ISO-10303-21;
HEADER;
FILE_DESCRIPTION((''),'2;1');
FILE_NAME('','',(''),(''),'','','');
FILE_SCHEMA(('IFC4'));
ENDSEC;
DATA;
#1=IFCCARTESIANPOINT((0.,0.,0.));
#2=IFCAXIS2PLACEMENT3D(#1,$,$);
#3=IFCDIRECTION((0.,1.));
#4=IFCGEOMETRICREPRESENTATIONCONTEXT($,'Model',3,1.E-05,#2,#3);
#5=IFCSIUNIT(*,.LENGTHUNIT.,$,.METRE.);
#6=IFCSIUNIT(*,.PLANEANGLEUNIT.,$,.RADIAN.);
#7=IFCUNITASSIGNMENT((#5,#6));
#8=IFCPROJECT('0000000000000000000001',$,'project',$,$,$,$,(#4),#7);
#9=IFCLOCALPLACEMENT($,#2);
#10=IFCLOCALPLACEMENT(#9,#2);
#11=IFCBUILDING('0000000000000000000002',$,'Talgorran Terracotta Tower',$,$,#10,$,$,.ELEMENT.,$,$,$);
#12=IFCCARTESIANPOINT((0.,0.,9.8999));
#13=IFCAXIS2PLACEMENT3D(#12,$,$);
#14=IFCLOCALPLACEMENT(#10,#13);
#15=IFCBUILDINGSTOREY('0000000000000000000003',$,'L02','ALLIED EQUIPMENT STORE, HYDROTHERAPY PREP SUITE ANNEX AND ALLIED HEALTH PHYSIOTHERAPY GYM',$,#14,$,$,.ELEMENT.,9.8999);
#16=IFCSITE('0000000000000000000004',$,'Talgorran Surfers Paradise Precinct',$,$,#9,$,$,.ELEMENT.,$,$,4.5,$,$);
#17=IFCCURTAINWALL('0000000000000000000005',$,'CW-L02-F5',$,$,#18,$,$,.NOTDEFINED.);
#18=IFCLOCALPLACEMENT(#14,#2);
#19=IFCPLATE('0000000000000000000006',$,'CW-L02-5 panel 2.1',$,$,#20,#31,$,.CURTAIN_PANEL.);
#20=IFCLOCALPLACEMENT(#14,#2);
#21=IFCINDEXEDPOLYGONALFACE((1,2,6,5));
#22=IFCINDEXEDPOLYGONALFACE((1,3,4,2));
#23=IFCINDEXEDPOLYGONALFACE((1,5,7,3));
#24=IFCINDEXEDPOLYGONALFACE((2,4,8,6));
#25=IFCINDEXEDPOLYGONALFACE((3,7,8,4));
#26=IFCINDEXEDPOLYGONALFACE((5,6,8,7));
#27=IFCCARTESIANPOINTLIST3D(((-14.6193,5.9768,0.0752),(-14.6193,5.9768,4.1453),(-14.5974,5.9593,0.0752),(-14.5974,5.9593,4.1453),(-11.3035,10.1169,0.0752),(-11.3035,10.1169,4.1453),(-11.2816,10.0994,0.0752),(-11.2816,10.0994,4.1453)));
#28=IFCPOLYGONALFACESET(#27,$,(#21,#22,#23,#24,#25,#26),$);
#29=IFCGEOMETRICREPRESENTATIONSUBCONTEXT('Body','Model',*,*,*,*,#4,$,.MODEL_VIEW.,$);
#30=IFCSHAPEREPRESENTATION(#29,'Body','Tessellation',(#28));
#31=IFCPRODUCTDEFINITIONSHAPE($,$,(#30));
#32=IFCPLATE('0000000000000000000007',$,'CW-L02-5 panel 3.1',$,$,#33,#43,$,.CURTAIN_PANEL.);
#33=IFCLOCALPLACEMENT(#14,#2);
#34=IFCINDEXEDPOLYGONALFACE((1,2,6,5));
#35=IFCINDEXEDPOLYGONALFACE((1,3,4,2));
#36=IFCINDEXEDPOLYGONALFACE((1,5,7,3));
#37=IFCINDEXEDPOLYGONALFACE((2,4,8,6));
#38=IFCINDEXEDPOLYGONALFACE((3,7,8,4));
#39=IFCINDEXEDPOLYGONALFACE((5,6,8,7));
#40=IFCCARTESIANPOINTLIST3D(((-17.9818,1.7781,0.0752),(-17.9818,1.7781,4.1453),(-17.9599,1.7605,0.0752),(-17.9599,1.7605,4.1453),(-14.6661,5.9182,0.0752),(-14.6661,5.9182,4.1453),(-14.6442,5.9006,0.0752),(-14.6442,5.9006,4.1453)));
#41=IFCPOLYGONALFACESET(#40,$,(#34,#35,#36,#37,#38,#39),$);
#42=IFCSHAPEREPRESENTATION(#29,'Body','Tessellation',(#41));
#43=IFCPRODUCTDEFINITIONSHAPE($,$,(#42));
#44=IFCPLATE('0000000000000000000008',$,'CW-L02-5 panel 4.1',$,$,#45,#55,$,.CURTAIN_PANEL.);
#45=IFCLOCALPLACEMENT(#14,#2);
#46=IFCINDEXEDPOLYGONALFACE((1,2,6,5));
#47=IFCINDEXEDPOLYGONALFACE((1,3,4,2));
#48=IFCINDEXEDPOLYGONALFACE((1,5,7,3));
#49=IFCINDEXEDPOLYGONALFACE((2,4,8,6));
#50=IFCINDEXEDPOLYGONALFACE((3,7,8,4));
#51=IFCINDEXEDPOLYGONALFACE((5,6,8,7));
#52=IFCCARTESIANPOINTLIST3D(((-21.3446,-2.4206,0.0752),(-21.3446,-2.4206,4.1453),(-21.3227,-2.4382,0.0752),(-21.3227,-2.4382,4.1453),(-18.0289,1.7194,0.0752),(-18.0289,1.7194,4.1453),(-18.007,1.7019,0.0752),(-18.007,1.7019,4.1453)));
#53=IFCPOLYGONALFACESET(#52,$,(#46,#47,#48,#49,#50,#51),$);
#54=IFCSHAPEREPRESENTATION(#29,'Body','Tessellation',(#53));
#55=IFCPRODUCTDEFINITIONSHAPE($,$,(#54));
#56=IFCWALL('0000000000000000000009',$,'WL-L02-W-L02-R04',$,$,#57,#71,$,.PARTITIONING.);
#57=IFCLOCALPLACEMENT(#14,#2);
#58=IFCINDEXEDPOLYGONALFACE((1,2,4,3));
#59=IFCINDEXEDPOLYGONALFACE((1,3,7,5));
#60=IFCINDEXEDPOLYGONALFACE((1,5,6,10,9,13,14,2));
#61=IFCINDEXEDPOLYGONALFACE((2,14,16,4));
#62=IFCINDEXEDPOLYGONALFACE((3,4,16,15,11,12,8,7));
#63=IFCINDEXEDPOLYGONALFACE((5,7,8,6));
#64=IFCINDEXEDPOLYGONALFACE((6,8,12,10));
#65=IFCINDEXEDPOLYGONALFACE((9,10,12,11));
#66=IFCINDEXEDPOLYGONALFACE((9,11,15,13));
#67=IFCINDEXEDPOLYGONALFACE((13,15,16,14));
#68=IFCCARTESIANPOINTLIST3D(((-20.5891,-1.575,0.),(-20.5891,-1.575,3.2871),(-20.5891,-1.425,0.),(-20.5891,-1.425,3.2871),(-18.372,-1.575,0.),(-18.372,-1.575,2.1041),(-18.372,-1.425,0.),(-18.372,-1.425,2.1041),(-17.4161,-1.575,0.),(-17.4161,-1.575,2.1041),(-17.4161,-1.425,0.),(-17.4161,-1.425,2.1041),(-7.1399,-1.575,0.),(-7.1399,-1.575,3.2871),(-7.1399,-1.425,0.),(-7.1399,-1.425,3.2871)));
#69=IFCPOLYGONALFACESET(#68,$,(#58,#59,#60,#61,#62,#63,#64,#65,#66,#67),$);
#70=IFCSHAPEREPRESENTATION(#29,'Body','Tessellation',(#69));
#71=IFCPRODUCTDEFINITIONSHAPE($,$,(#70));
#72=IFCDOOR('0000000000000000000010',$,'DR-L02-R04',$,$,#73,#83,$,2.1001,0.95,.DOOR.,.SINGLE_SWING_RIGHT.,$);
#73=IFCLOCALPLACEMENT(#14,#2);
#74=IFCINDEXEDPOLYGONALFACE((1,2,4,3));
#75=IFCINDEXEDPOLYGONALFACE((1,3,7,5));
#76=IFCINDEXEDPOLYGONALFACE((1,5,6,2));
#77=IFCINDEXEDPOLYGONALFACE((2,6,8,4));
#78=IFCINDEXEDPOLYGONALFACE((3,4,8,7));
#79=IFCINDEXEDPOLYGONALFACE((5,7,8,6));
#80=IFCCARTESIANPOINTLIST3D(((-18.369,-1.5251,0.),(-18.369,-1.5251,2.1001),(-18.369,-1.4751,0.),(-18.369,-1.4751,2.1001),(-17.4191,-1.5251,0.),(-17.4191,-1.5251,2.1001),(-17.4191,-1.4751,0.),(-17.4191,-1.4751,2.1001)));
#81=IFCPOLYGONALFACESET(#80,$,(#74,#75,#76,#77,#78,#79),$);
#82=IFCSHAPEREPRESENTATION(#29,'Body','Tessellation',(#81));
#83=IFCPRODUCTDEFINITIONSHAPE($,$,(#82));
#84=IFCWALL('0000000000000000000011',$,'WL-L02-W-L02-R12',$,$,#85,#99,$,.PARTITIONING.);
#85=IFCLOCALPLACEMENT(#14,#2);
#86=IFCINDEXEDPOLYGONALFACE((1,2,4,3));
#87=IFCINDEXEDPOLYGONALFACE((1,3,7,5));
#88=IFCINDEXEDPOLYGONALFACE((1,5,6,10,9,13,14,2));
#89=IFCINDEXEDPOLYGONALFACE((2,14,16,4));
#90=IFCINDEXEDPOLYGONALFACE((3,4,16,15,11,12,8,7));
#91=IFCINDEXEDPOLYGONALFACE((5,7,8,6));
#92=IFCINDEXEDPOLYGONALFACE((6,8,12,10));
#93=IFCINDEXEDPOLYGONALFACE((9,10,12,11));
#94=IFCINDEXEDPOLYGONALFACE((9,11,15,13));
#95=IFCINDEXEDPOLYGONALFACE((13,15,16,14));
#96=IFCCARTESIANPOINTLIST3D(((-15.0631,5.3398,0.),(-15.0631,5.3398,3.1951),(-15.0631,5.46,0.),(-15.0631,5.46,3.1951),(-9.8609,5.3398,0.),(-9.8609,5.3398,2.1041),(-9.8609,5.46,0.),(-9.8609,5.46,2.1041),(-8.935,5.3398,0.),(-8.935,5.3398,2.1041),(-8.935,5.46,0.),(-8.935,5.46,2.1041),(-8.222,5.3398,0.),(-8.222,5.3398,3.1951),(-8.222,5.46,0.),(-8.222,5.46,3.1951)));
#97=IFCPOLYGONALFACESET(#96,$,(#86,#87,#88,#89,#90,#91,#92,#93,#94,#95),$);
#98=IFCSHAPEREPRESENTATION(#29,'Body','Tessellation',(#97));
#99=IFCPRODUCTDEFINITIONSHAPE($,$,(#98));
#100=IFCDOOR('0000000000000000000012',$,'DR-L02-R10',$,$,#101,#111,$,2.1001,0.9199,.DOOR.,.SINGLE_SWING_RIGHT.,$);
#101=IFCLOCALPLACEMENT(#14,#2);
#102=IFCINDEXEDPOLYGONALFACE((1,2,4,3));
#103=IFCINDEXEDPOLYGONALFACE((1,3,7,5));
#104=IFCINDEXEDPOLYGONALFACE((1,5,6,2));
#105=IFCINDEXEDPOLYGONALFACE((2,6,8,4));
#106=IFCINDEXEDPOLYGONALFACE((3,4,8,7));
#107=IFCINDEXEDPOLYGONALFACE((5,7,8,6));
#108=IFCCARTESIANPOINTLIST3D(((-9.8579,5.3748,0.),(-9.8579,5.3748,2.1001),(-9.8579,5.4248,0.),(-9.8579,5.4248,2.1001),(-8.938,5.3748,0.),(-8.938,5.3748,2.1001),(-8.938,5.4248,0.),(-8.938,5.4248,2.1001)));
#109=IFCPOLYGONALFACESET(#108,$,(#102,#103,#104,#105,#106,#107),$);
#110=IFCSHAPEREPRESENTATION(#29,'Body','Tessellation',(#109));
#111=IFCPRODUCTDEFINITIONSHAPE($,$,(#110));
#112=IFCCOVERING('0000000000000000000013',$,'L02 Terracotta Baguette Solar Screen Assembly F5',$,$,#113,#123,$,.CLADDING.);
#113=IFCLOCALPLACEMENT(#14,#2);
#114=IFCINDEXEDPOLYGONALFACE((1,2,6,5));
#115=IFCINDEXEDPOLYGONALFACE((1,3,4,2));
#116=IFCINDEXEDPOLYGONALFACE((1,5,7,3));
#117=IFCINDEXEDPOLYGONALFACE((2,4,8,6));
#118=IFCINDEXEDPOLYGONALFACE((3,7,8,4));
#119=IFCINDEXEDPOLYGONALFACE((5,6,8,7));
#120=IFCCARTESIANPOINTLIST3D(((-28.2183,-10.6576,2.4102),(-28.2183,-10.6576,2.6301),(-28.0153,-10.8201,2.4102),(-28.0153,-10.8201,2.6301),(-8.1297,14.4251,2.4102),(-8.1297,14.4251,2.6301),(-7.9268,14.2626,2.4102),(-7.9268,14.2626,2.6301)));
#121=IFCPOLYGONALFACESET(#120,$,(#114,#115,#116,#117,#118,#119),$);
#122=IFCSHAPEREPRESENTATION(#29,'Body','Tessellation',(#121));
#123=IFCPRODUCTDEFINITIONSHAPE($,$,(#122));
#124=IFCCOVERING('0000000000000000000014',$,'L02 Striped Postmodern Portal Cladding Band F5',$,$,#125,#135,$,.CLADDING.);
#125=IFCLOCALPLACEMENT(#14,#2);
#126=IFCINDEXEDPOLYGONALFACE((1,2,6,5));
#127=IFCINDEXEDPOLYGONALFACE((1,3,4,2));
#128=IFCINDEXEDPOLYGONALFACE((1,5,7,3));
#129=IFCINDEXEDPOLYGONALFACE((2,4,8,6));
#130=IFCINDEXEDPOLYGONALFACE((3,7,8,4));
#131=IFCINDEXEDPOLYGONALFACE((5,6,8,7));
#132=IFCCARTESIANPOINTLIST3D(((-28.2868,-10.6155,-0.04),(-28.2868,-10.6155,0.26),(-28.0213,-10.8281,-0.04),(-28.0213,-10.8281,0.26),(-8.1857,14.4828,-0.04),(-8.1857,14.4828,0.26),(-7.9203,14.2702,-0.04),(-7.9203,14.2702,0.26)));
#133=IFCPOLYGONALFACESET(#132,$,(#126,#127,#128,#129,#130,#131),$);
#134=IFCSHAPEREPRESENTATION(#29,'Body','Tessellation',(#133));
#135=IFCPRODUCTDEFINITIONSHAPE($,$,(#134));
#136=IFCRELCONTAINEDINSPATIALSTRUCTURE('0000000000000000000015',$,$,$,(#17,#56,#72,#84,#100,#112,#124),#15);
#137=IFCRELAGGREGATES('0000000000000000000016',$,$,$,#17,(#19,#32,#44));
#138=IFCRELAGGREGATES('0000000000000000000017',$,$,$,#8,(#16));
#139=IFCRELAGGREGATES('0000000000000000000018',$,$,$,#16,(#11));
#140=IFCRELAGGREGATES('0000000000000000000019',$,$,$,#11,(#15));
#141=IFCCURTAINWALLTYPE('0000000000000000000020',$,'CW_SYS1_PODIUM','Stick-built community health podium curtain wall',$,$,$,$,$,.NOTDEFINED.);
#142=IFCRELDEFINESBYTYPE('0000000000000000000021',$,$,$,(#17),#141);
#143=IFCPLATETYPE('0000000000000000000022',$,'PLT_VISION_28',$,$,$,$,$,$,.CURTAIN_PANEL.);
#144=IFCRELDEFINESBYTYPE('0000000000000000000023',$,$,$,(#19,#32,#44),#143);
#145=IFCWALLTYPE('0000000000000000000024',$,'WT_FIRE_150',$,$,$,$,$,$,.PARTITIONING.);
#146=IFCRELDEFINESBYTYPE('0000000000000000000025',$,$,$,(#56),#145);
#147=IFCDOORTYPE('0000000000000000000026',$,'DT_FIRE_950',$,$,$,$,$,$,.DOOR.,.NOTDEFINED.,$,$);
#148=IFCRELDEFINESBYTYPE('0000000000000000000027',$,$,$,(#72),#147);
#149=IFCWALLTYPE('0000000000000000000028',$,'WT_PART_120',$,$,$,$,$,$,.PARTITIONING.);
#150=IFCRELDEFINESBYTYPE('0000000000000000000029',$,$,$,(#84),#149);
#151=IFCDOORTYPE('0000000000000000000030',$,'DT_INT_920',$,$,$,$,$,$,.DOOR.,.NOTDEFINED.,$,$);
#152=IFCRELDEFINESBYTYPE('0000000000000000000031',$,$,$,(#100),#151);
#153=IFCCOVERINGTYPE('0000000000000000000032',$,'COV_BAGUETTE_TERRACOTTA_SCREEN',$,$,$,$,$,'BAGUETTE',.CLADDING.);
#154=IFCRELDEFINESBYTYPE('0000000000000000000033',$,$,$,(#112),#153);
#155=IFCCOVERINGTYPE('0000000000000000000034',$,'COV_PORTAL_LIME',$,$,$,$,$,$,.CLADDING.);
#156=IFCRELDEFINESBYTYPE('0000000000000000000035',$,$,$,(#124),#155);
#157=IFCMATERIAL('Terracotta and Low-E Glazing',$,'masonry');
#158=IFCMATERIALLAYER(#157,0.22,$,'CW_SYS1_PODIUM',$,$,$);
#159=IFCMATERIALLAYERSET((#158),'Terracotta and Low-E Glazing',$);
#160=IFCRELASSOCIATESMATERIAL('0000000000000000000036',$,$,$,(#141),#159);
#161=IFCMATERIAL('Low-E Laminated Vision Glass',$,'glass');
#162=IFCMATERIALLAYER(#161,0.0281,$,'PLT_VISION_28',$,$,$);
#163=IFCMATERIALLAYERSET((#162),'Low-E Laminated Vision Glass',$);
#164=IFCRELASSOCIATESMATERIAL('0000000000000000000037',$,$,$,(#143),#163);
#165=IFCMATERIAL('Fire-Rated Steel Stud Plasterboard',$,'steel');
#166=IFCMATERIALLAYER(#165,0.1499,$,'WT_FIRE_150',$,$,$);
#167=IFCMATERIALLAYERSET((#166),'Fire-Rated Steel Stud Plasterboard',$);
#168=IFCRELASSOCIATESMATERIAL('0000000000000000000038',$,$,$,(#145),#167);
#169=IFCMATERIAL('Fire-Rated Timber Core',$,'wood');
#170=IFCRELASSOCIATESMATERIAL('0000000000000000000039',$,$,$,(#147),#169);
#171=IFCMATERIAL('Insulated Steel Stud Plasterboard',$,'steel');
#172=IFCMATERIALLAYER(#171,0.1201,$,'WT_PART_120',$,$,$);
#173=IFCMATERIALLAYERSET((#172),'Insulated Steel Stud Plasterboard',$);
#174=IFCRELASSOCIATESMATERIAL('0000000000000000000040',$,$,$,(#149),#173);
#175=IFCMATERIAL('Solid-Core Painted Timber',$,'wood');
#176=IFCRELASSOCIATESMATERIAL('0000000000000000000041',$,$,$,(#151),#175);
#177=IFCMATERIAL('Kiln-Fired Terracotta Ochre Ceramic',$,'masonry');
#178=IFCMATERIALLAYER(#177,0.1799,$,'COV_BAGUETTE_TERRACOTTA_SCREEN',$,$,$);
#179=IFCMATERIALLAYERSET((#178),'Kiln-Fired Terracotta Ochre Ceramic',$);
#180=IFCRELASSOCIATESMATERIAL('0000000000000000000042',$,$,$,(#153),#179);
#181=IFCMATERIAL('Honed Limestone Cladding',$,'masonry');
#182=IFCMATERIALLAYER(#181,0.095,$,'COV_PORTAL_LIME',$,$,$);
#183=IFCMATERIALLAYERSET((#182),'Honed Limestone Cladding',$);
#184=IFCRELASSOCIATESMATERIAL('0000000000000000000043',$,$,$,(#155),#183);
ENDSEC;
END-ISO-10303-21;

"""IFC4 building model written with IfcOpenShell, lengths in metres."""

from ifc_helpers import new_model, si_unit, direction, frame, frame_2d, origin, origin_2d, place, context, subcontext, project, spatial, rectangle, extrude, source, transform, mapped, material, layer, layer_set, type_object, type_shapes, element, fill, aggregate, save


model = new_model("IFC4")

# Units and contexts
model_context = context("Model", 3, precision=1e-05, world=origin(), true_north=direction((0.0, 1.0)))
body_context = subcontext(model_context, "Body", "Model", "MODEL_VIEW")
ifc_project = project(units=[si_unit("LENGTHUNIT", "METRE"), si_unit("PLANEANGLEUNIT", "RADIAN")], contexts=[model_context])

# Site, building, storey
site_placement = place(None, origin())
site = spatial("IfcSite", under=ifc_project, at=site_placement, Name="Talgorran Surfers Paradise Precinct", CompositionType="ELEMENT", RefElevation=4.5)
building_placement = place(site_placement, origin())
building = spatial("IfcBuilding", under=site, at=building_placement, Name="Talgorran Terracotta Tower", CompositionType="ELEMENT")
storey_placement = place(building_placement, frame((0.0, 0.0, 9.8999)))
storey = spatial("IfcBuildingStorey", under=building, at=storey_placement, Name="L02", Description="ALLIED EQUIPMENT STORE, HYDROTHERAPY PREP SUITE ANNEX AND ALLIED HEALTH PHYSIOTHERAPY GYM", CompositionType="ELEMENT", Elevation=9.8999)

# Curtain wall, plates
ifc_material_1 = material(Name="Terracotta and Low-E Glazing", Category="masonry")
ifc_layer_1 = layer(ifc_material_1, 0.22, Name="CW_SYS1_PODIUM")
ifc_layer_set_1 = layer_set([ifc_layer_1], Name="Terracotta and Low-E Glazing")
curtain_wall_type = type_object("IfcCurtainWallType", Name="CW_SYS1_PODIUM", Description="Stick-built community health podium curtain wall", PredefinedType="NOTDEFINED", material=ifc_layer_set_1)
curtain_wall_placement = place(storey_placement, origin())
curtain_wall = element("IfcCurtainWall", 1, at=curtain_wall_placement, inside=storey, type_object=curtain_wall_type, Name="CW-L02-F5", PredefinedType="NOTDEFINED")
ifc_material_2 = material(Name="Low-E Laminated Vision Glass", Category="glass")
ifc_layer_2 = layer(ifc_material_2, 0.0281, Name="PLT_VISION_28")
ifc_layer_set_2 = layer_set([ifc_layer_2], Name="Low-E Laminated Vision Glass")
plate_type = type_object("IfcPlateType", Name="PLT_VISION_28", PredefinedType="CURTAIN_PANEL", material=ifc_layer_set_2)
shared_shape_1 = source(origin(), body_context, "Body", "SweptSolid", [
    extrude(rectangle(XDim=5.3042, YDim=0.0281, at=origin_2d()), origin(), (0.0, 0.0, 1.0), 4.0701),
])
type_shapes(plate_type, [shared_shape_1])
plate_1_placement = place(storey_placement, frame((-12.9504, 8.0381, 0.0752), z_axis=(0.0, 0.0, 1.0), x_axis=(-0.625116, -0.780532, 0.0)))
plate_1 = element("IfcPlate", 2, at=plate_1_placement, type_object=plate_type, Name="CW-L02-5 panel 2.1", PredefinedType="CURTAIN_PANEL", context=body_context, shape_type="MappedRepresentation", body=[
    mapped(shared_shape_1, transform((0.0, 0.0, 0.0), scale=1.0)),
])
plate_2_placement = place(storey_placement, frame((-16.313, 3.8394, 0.0752), z_axis=(0.0, 0.0, 1.0), x_axis=(-0.625116, -0.780532, 0.0)))
plate_2 = element("IfcPlate", 3, at=plate_2_placement, type_object=plate_type, Name="CW-L02-5 panel 3.1", PredefinedType="CURTAIN_PANEL", context=body_context, shape_type="MappedRepresentation", body=[
    mapped(shared_shape_1, transform((0.0, 0.0, 0.0), scale=1.0)),
])
plate_3_placement = place(storey_placement, frame((-19.6758, -0.3594, 0.0752), z_axis=(0.0, 0.0, 1.0), x_axis=(-0.625116, -0.780532, 0.0)))
plate_3 = element("IfcPlate", 4, at=plate_3_placement, type_object=plate_type, Name="CW-L02-5 panel 4.1", PredefinedType="CURTAIN_PANEL", context=body_context, shape_type="MappedRepresentation", body=[
    mapped(shared_shape_1, transform((0.0, 0.0, 0.0), scale=1.0)),
])
aggregate(curtain_wall, [plate_1, plate_2, plate_3])

# Walls, openings, doors
ifc_material_3 = material(Name="Fire-Rated Steel Stud Plasterboard", Category="steel")
ifc_layer_3 = layer(ifc_material_3, 0.1499, Name="WT_FIRE_150")
ifc_layer_set_3 = layer_set([ifc_layer_3], Name="Fire-Rated Steel Stud Plasterboard")
wall_type_1 = type_object("IfcWallType", Name="WT_FIRE_150", PredefinedType="PARTITIONING", material=ifc_layer_set_3)
wall_1_placement = place(storey_placement, frame((-20.5891, -1.5, 0.0), z_axis=(0.0, 0.0, 1.0), x_axis=(1.0, 0.0, 0.0)))
wall_1 = element("IfcWall", 5, at=wall_1_placement, inside=storey, type_object=wall_type_1, Name="WL-L02-W-L02-R04", PredefinedType="PARTITIONING", context=body_context, shape_type="SweptSolid", body=[
    extrude(rectangle(XDim=13.4492, YDim=0.1499, at=frame_2d((6.7246, 0.0))), origin(), (0.0, 0.0, 1.0), 3.2871),
])
opening_1_placement = place(wall_1_placement, frame((2.22, 0.0, 0.0)))
opening_1 = element("IfcOpeningElement", 6, at=opening_1_placement, cuts=wall_1, PredefinedType="OPENING", context=body_context, shape_type="SweptSolid", body=[
    extrude(rectangle(XDim=0.956, YDim=2.1041, at=frame_2d((0.4751, 1.052))), frame((0.0, 0.085, 0.0), z_axis=(0.0, -1.0, 0.0), x_axis=(1.0, 0.0, 0.0)), (0.0, 0.0, 1.0), 0.1699),
])
ifc_material_4 = material(Name="Fire-Rated Timber Core", Category="wood")
door_type_1 = type_object("IfcDoorType", Name="DT_FIRE_950", OperationType="NOTDEFINED", PredefinedType="DOOR", material=ifc_material_4)
door_1_placement = place(opening_1_placement, origin())
door_1 = element("IfcDoor", 7, at=door_1_placement, inside=storey, type_object=door_type_1, Name="DR-L02-R04", OperationType="SINGLE_SWING_RIGHT", OverallHeight=2.1001, OverallWidth=0.95, PredefinedType="DOOR", context=body_context, shape_type="SweptSolid", body=[
    extrude(rectangle(XDim=0.95, YDim=2.1001, at=frame_2d((0.4751, 1.05))), frame((0.0, 0.0249, 0.0), z_axis=(0.0, -1.0, 0.0), x_axis=(1.0, 0.0, 0.0)), (0.0, 0.0, 1.0), 0.05),
])
fill(opening_1, door_1)
ifc_material_5 = material(Name="Insulated Steel Stud Plasterboard", Category="steel")
ifc_layer_4 = layer(ifc_material_5, 0.1201, Name="WT_PART_120")
ifc_layer_set_4 = layer_set([ifc_layer_4], Name="Insulated Steel Stud Plasterboard")
wall_type_2 = type_object("IfcWallType", Name="WT_PART_120", PredefinedType="PARTITIONING", material=ifc_layer_set_4)
wall_2_placement = place(storey_placement, frame((-15.063, 5.3999, 0.0), z_axis=(0.0, 0.0, 1.0), x_axis=(1.0, 0.0, 0.0)))
wall_2 = element("IfcWall", 8, at=wall_2_placement, inside=storey, type_object=wall_type_2, Name="WL-L02-W-L02-R12", PredefinedType="PARTITIONING", context=body_context, shape_type="SweptSolid", body=[
    extrude(rectangle(XDim=6.8411, YDim=0.1201, at=frame_2d((3.4204, 0.0))), origin(), (0.0, 0.0, 1.0), 3.1951),
])
opening_2_placement = place(wall_2_placement, frame((5.2051, 0.0, 0.0)))
opening_2 = element("IfcOpeningElement", 9, at=opening_2_placement, cuts=wall_2, PredefinedType="OPENING", context=body_context, shape_type="SweptSolid", body=[
    extrude(rectangle(XDim=0.9259, YDim=2.1041, at=frame_2d((0.46, 1.052))), frame((0.0, 0.0701, 0.0), z_axis=(0.0, -1.0, 0.0), x_axis=(1.0, 0.0, 0.0)), (0.0, 0.0, 1.0), 0.1401),
])
ifc_material_6 = material(Name="Solid-Core Painted Timber", Category="wood")
door_type_2 = type_object("IfcDoorType", Name="DT_INT_920", OperationType="NOTDEFINED", PredefinedType="DOOR", material=ifc_material_6)
door_2_placement = place(opening_2_placement, origin())
door_2 = element("IfcDoor", 10, at=door_2_placement, inside=storey, type_object=door_type_2, Name="DR-L02-R10", OperationType="SINGLE_SWING_RIGHT", OverallHeight=2.1001, OverallWidth=0.9199, PredefinedType="DOOR", context=body_context, shape_type="SweptSolid", body=[
    extrude(rectangle(XDim=0.9199, YDim=2.1001, at=frame_2d((0.46, 1.05))), frame((0.0, 0.0249, 0.0), z_axis=(0.0, -1.0, 0.0), x_axis=(1.0, 0.0, 0.0)), (0.0, 0.0, 1.0), 0.05),
])
fill(opening_2, door_2)

# Coverings
ifc_material_7 = material(Name="Kiln-Fired Terracotta Ochre Ceramic", Category="masonry")
ifc_layer_5 = layer(ifc_material_7, 0.1799, Name="COV_BAGUETTE_TERRACOTTA_SCREEN")
ifc_layer_set_5 = layer_set([ifc_layer_5], Name="Kiln-Fired Terracotta Ochre Ceramic")
covering_type_1 = type_object("IfcCoveringType", Name="COV_BAGUETTE_TERRACOTTA_SCREEN", ElementType="BAGUETTE", PredefinedType="CLADDING", material=ifc_layer_set_5)
covering_1_placement = place(storey_placement, frame((-18.0725, 1.8025, 2.4102), z_axis=(0.0, 0.0, 1.0), x_axis=(-0.62512, -0.780529, 0.0)))
element("IfcCovering", 11, at=covering_1_placement, inside=storey, type_object=covering_type_1, Name="L02 Terracotta Baguette Solar Screen Assembly F5", PredefinedType="CLADDING", context=body_context, shape_type="SweptSolid", body=[
    extrude(rectangle(XDim=32.1355, YDim=0.26, at=origin_2d()), origin(), (0.0, 0.0, 1.0), 0.22),
])
ifc_material_8 = material(Name="Honed Limestone Cladding", Category="masonry")
ifc_layer_6 = layer(ifc_material_8, 0.095, Name="COV_PORTAL_LIME")
ifc_layer_set_6 = layer_set([ifc_layer_6], Name="Honed Limestone Cladding")
covering_type_2 = type_object("IfcCoveringType", Name="COV_PORTAL_LIME", PredefinedType="CLADDING", material=ifc_layer_set_6)
covering_2_placement = place(storey_placement, frame((-18.1035, 1.8274, -0.04), z_axis=(0.0, 0.0, 1.0), x_axis=(-0.62512, -0.780529, 0.0)))
element("IfcCovering", 12, at=covering_2_placement, inside=storey, type_object=covering_type_2, Name="L02 Striped Postmodern Portal Cladding Band F5", PredefinedType="CLADDING", context=body_context, shape_type="SweptSolid", body=[
    extrude(rectangle(XDim=32.1555, YDim=0.3401, at=origin_2d()), origin(), (0.0, 0.0, 1.0), 0.3),
])

save(model, "model.ifc")
